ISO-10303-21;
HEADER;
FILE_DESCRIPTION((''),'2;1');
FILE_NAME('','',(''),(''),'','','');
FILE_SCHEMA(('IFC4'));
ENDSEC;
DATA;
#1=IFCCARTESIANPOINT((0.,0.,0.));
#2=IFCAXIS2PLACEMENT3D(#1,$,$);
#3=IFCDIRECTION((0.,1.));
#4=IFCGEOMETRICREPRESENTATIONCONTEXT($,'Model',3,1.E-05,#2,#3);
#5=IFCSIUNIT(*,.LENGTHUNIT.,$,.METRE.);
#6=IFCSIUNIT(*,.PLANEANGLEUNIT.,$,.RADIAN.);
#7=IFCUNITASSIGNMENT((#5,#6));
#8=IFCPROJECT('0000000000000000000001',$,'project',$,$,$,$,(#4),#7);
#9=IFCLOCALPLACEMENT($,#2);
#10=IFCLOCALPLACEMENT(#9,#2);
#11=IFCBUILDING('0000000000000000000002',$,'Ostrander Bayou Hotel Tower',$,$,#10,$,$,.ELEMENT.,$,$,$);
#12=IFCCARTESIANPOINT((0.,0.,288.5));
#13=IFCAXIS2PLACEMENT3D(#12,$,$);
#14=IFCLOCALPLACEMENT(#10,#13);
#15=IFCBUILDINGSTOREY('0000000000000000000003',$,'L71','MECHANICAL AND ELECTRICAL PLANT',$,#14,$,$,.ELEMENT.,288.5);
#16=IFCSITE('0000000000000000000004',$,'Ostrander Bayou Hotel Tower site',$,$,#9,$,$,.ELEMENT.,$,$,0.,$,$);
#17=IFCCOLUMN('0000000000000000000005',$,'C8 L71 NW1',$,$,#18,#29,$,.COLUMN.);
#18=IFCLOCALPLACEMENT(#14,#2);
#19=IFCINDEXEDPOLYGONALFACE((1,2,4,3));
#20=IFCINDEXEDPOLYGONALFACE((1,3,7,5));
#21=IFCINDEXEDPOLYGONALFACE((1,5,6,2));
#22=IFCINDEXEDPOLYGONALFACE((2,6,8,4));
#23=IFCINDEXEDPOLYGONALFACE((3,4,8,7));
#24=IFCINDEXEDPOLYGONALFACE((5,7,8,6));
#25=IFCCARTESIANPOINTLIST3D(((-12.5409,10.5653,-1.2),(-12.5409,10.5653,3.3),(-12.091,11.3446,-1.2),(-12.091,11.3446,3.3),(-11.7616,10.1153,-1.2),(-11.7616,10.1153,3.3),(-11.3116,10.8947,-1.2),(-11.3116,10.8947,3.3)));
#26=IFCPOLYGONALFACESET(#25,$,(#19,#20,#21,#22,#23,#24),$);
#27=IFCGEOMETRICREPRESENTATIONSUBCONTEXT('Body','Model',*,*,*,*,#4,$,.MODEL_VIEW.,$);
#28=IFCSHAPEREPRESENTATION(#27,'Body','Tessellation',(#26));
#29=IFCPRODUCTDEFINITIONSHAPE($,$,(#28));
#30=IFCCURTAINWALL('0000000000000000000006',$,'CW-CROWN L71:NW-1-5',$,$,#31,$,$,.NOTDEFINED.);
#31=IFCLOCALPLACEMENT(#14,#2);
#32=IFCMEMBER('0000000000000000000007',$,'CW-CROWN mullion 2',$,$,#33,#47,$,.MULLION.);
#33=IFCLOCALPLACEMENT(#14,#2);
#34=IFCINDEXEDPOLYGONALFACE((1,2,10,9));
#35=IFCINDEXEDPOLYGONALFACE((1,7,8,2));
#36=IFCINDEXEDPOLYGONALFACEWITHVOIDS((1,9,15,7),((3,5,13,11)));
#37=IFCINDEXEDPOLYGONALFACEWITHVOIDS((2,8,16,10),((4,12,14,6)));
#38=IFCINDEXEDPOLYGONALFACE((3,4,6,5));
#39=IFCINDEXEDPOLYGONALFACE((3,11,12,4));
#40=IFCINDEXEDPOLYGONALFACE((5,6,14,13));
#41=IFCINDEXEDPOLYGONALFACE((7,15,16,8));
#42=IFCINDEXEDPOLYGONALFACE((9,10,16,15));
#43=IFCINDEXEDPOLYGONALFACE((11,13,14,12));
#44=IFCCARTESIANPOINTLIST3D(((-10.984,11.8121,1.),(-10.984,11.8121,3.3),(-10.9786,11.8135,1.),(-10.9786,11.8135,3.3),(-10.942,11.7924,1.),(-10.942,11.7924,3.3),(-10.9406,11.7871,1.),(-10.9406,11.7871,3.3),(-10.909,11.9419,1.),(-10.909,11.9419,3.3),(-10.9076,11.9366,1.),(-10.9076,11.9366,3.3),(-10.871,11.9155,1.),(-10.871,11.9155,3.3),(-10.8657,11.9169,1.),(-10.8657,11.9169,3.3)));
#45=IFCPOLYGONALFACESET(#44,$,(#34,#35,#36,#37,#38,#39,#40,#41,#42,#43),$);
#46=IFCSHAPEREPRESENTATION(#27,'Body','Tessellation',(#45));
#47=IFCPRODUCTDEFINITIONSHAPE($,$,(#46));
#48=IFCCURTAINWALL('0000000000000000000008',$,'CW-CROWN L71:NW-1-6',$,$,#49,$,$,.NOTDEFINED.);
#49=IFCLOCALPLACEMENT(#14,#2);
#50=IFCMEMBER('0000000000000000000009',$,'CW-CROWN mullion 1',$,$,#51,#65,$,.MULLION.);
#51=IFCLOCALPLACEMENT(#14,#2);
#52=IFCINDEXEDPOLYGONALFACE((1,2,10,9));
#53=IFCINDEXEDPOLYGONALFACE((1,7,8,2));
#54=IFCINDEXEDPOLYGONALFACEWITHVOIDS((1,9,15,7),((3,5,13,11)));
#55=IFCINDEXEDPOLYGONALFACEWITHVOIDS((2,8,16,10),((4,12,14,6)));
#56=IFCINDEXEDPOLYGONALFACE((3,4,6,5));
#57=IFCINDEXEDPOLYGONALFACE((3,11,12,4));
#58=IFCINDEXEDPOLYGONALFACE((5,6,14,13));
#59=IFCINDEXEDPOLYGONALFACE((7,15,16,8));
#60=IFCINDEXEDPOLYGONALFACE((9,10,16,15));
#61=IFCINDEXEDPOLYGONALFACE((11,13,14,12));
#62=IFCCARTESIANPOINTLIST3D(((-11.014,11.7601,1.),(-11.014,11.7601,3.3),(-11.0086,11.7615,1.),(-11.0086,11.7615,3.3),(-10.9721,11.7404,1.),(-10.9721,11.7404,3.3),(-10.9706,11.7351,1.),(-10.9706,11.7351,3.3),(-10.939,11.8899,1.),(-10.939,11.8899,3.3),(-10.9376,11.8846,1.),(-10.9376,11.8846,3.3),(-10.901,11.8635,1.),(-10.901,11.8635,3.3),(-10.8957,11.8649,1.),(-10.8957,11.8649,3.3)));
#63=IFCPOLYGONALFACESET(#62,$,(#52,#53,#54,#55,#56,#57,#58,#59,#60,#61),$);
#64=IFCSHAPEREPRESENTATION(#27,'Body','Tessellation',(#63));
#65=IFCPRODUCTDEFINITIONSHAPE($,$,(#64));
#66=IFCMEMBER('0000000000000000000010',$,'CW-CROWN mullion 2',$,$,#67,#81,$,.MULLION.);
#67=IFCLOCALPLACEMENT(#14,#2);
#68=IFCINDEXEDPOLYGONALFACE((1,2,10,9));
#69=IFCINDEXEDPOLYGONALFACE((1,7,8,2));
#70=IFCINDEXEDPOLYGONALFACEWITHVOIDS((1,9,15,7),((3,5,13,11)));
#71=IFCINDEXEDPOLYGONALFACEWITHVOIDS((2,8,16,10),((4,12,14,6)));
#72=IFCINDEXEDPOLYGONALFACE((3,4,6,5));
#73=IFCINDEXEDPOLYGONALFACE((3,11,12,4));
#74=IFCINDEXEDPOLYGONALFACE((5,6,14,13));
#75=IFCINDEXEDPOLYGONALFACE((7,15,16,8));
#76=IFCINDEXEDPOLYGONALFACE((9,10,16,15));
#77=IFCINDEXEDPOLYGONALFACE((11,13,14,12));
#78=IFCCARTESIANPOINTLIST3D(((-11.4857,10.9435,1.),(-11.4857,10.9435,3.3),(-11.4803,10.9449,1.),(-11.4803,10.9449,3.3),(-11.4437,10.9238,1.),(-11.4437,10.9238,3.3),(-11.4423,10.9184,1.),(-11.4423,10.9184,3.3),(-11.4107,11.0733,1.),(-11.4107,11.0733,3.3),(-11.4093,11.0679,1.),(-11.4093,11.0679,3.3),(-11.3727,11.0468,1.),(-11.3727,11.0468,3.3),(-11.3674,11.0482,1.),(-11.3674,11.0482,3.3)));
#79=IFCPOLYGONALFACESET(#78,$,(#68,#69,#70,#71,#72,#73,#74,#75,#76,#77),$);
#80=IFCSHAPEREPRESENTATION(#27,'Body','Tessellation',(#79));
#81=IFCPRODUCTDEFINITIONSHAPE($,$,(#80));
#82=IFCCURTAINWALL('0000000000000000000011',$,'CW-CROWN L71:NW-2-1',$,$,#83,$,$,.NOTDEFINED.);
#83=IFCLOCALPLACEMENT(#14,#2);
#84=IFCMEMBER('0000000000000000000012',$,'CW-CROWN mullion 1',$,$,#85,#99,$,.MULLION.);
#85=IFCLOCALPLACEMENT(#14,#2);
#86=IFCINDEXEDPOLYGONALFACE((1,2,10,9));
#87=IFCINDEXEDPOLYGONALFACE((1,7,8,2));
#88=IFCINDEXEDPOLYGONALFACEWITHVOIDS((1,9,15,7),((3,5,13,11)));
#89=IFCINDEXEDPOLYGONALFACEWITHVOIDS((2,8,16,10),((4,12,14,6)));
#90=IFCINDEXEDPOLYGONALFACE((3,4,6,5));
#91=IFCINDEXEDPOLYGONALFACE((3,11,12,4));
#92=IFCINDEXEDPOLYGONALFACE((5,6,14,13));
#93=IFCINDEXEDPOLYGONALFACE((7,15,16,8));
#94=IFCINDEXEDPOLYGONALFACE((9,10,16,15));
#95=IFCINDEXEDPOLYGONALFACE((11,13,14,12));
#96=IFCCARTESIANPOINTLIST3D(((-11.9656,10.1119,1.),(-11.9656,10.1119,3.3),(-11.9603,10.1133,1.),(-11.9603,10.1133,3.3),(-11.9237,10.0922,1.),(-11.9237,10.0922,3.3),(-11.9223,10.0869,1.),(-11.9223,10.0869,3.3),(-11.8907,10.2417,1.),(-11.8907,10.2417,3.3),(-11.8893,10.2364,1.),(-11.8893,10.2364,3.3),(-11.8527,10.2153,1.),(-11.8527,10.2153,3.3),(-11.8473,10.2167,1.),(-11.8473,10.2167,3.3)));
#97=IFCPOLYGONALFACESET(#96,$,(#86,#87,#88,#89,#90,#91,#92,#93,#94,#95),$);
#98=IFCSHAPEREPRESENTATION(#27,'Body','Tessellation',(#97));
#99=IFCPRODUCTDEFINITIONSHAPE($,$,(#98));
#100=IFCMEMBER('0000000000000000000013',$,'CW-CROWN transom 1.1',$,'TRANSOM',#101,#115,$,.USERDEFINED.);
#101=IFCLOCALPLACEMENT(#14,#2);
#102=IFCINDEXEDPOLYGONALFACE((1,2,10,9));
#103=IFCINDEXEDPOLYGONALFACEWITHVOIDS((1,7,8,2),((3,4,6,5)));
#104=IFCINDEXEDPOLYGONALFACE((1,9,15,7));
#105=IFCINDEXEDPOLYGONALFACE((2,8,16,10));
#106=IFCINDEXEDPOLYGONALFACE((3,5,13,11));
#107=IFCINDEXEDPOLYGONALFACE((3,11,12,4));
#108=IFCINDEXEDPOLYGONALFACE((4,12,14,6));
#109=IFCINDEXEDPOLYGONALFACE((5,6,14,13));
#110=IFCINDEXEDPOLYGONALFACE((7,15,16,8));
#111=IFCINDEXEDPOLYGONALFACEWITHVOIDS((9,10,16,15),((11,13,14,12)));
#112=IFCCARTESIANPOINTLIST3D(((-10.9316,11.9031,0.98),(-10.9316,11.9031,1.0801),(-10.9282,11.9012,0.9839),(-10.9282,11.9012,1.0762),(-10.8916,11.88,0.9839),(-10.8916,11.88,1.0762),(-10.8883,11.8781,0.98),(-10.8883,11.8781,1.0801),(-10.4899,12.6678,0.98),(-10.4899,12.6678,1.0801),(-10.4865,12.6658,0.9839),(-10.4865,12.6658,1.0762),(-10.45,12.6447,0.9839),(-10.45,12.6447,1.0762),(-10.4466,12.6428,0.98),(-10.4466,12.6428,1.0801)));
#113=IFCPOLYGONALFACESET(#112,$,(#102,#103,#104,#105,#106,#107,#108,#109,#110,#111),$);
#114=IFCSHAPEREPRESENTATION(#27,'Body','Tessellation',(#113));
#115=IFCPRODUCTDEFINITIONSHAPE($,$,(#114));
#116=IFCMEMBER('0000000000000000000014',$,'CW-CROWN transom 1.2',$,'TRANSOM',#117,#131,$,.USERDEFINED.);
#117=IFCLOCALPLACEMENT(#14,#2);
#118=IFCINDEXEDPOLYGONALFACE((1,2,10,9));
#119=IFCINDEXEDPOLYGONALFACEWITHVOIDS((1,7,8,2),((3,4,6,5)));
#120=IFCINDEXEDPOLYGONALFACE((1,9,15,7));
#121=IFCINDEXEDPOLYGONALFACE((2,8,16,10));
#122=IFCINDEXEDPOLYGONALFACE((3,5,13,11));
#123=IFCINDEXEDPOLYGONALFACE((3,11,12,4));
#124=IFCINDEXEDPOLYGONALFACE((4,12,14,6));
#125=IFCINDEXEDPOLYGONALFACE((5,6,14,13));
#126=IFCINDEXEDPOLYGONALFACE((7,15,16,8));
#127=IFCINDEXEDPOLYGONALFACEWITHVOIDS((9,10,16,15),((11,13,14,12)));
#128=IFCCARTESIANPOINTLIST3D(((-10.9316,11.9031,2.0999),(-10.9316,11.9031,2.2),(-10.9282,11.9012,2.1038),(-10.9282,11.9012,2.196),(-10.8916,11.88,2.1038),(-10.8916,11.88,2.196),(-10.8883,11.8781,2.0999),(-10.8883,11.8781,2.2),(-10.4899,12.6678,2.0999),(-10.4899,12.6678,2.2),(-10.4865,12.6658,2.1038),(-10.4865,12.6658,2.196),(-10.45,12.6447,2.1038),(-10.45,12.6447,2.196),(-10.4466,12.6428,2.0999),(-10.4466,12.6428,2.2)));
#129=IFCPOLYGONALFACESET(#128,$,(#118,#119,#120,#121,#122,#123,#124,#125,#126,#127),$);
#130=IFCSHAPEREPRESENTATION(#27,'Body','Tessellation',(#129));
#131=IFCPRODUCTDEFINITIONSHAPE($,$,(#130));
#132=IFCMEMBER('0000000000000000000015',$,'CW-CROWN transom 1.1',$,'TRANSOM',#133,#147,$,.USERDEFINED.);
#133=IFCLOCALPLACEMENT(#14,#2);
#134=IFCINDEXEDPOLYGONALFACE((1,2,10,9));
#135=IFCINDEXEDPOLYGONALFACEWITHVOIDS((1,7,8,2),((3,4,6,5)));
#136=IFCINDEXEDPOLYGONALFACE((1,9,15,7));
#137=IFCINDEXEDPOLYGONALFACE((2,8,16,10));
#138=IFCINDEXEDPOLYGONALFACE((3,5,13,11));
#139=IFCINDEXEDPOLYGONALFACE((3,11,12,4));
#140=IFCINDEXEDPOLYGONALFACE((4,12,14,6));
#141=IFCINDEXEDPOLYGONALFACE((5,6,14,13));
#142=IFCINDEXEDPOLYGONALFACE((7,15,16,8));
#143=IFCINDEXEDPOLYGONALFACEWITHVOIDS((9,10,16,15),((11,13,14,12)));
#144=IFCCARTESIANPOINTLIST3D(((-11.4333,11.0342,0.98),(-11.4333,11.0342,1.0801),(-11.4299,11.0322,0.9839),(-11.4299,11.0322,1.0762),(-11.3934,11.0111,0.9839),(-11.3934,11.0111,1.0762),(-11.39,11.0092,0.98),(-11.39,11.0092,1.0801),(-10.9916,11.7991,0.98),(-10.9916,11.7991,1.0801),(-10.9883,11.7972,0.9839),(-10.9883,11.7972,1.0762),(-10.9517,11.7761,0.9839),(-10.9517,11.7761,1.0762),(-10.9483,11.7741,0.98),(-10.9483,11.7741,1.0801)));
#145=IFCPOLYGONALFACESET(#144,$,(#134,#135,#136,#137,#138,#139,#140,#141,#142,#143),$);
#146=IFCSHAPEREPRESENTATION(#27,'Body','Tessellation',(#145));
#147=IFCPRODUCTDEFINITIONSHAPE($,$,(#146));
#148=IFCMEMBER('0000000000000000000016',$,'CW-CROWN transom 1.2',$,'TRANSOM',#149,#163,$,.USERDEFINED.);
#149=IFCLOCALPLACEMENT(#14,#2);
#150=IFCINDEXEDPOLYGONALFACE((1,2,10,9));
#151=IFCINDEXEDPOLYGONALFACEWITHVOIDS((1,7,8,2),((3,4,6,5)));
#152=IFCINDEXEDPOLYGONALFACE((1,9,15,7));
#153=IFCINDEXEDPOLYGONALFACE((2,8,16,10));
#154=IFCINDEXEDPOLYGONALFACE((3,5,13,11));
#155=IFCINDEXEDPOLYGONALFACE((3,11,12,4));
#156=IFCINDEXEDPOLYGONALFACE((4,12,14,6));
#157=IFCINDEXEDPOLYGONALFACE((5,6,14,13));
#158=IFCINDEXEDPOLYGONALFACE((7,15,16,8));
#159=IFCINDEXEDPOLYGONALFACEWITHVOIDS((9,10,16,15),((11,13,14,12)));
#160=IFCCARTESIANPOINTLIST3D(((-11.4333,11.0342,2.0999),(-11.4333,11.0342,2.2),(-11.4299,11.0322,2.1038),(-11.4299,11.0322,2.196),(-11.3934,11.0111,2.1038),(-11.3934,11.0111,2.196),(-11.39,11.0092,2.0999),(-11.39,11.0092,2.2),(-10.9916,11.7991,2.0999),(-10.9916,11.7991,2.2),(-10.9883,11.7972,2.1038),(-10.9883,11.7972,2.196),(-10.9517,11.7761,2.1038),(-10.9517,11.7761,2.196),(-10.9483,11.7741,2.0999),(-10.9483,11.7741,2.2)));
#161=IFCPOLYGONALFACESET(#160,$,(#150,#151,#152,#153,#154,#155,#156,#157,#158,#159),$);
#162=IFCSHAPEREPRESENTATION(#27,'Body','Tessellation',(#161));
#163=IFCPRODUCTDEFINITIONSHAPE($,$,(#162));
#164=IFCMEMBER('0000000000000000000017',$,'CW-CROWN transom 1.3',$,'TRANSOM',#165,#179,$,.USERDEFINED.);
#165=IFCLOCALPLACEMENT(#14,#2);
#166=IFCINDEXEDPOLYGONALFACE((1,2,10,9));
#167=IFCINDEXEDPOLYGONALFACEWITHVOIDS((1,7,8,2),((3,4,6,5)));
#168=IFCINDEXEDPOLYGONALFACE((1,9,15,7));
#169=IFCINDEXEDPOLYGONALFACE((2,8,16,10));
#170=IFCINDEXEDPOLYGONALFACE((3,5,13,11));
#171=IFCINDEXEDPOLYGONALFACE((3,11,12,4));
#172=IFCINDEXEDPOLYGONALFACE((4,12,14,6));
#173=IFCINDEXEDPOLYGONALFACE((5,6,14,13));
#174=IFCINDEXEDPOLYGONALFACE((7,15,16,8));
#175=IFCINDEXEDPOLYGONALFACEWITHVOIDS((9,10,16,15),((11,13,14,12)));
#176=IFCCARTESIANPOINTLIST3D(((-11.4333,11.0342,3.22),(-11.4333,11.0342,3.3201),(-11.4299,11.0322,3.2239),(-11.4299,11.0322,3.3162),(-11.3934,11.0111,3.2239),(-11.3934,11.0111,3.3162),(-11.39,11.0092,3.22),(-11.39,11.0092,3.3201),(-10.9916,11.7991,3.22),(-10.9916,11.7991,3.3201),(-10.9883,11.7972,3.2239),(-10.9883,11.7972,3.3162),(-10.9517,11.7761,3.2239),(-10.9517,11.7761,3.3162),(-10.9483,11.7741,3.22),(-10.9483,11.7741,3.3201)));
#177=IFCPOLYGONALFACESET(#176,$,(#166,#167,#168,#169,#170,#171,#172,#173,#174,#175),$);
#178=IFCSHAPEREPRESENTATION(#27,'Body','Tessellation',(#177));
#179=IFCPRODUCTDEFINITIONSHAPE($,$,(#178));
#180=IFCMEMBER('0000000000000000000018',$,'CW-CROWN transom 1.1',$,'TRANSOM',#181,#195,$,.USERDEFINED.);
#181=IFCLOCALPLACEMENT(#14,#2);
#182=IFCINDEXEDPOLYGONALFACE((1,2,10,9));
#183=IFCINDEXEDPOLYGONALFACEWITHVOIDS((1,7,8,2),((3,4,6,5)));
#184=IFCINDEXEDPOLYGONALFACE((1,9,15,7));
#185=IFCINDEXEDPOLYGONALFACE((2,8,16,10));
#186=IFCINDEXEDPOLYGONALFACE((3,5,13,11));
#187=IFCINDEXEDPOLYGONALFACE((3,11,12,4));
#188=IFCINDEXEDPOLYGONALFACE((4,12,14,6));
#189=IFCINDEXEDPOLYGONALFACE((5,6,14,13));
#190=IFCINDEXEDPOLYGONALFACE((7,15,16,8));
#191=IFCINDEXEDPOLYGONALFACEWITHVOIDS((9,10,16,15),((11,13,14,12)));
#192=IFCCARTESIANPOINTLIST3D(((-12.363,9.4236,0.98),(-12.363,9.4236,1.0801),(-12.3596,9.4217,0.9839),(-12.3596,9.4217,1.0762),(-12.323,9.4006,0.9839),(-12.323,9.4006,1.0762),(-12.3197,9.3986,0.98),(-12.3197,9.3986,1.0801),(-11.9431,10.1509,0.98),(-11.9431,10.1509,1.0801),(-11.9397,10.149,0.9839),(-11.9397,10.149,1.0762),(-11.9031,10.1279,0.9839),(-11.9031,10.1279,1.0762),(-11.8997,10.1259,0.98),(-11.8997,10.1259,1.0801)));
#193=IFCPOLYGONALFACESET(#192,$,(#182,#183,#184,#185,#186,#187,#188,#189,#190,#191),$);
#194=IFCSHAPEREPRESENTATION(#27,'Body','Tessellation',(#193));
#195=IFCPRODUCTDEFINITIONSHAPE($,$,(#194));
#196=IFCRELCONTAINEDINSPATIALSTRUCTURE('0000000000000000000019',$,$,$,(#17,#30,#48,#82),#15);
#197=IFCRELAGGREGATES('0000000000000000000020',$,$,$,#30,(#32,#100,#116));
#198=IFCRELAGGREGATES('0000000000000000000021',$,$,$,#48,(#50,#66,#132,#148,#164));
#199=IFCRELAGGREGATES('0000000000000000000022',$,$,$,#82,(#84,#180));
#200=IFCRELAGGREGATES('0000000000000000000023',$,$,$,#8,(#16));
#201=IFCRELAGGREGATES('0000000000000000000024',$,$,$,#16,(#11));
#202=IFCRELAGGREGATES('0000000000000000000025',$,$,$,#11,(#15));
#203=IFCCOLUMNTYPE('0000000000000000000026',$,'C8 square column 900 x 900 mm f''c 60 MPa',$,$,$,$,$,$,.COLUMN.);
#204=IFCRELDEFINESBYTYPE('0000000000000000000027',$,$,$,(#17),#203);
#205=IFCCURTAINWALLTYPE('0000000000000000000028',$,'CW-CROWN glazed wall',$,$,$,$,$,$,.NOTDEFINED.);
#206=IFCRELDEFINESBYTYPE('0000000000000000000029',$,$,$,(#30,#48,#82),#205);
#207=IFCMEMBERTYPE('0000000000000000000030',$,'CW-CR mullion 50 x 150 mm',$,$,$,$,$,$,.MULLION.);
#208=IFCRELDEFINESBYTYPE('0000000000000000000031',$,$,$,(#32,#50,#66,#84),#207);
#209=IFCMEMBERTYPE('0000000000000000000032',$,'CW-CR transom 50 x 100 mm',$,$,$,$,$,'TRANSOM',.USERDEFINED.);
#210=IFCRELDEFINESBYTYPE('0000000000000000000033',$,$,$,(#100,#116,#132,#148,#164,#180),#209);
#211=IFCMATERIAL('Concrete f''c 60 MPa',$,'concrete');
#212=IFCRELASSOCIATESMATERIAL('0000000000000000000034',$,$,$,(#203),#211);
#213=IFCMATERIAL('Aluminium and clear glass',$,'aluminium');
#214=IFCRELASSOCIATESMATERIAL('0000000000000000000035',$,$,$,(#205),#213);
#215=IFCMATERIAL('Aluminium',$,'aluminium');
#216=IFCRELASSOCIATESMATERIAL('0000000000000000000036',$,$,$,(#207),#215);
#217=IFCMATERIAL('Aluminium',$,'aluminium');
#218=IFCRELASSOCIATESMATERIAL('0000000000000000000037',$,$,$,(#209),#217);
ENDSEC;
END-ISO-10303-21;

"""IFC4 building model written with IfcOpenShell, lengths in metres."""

from ifc_helpers import new_model, si_unit, direction, frame, origin, origin_2d, place, context, subcontext, project, spatial, rectangle, hollow_rectangle, extrude, material, material_profile, profile_set, type_object, element, aggregate, save


model = new_model("IFC4")

# Units and contexts
model_context = context("Model", 3, precision=1e-05, world=origin(), true_north=direction((0.0, 1.0)))
body_context = subcontext(model_context, "Body", "Model", "MODEL_VIEW")
ifc_project = project(units=[si_unit("LENGTHUNIT", "METRE"), si_unit("PLANEANGLEUNIT", "RADIAN")], contexts=[model_context])

# Site, building, storey
site_placement = place(None, origin())
site = spatial("IfcSite", under=ifc_project, at=site_placement, Name="Ostrander Bayou Hotel Tower site", CompositionType="ELEMENT", RefElevation=0.0)
building_placement = place(site_placement, origin())
building = spatial("IfcBuilding", under=site, at=building_placement, Name="Ostrander Bayou Hotel Tower", CompositionType="ELEMENT")
storey_placement = place(building_placement, frame((0.0, 0.0, 288.5)))
storey = spatial("IfcBuildingStorey", under=building, at=storey_placement, Name="L71", Description="MECHANICAL AND ELECTRICAL PLANT", CompositionType="ELEMENT", Elevation=288.5)

# Column
ifc_material_1 = material(Name="Concrete f'c 60 MPa", Category="concrete")
ifc_material_profile_1 = material_profile(ifc_material_1, rectangle(XDim=0.8999, YDim=0.8999, at=origin_2d()))
ifc_profile_set_1 = profile_set([ifc_material_profile_1], Name="Concrete f'c 60 MPa")
column_type = type_object("IfcColumnType", Name="C8 square column 900 x 900 mm f'c 60 MPa", PredefinedType="COLUMN", material=ifc_profile_set_1)
column_placement = place(storey_placement, frame((-11.9263, 10.73, -1.2), z_axis=(0.0, 0.0, 1.0), x_axis=(0.5, 0.866025, 0.0)))
element("IfcColumn", 1, at=column_placement, inside=storey, type_object=column_type, Name="C8 L71 NW1", PredefinedType="COLUMN", context=body_context, shape_type="SweptSolid", body=[
    extrude(rectangle(XDim=0.8999, YDim=0.8999, at=origin_2d()), origin(), (0.0, 0.0, 1.0), 4.5),
])

# Curtain wall, member
ifc_material_2 = material(Name="Aluminium and clear glass", Category="aluminium")
curtain_wall_type = type_object("IfcCurtainWallType", Name="CW-CROWN glazed wall", PredefinedType="NOTDEFINED", material=ifc_material_2)
curtain_wall_1_placement = place(storey_placement, origin())
curtain_wall_1 = element("IfcCurtainWall", 2, at=curtain_wall_1_placement, inside=storey, type_object=curtain_wall_type, Name="CW-CROWN L71:NW-1-5", PredefinedType="NOTDEFINED")
ifc_material_3 = material(Name="Aluminium", Category="aluminium")
ifc_material_profile_2 = material_profile(ifc_material_3, hollow_rectangle(XDim=0.05, YDim=0.1499, WallThickness=0.0039, at=origin_2d()))
ifc_profile_set_2 = profile_set([ifc_material_profile_2], Name="Aluminium")
member_type_1 = type_object("IfcMemberType", Name="CW-CR mullion 50 x 150 mm", PredefinedType="MULLION", material=ifc_profile_set_2)
member_1_placement = place(storey_placement, frame((-10.9248, 11.8645, 1.0), z_axis=(0.0, 0.0, 1.0), x_axis=(0.866001, -0.500042, 0.0)))
member_1 = element("IfcMember", 3, at=member_1_placement, type_object=member_type_1, Name="CW-CROWN mullion 2", PredefinedType="MULLION", context=body_context, shape_type="SweptSolid", body=[
    extrude(hollow_rectangle(XDim=0.05, YDim=0.1499, WallThickness=0.0039, at=origin_2d()), origin(), (0.0, 0.0, 1.0), 2.3),
])

# Curtain wall, members
curtain_wall_2_placement = place(storey_placement, origin())
curtain_wall_2 = element("IfcCurtainWall", 4, at=curtain_wall_2_placement, inside=storey, type_object=curtain_wall_type, Name="CW-CROWN L71:NW-1-6", PredefinedType="NOTDEFINED")
member_2_placement = place(storey_placement, frame((-10.9548, 11.8125, 1.0), z_axis=(0.0, 0.0, 1.0), x_axis=(0.866026, -0.499999, 0.0)))
member_2 = element("IfcMember", 5, at=member_2_placement, type_object=member_type_1, Name="CW-CROWN mullion 1", PredefinedType="MULLION", context=body_context, shape_type="SweptSolid", body=[
    extrude(hollow_rectangle(XDim=0.05, YDim=0.1499, WallThickness=0.0039, at=origin_2d()), origin(), (0.0, 0.0, 1.0), 2.3),
])
member_3_placement = place(storey_placement, frame((-11.4265, 10.9958, 1.0), z_axis=(0.0, 0.0, 1.0), x_axis=(0.866026, -0.499999, 0.0)))
member_3 = element("IfcMember", 6, at=member_3_placement, type_object=member_type_1, Name="CW-CROWN mullion 2", PredefinedType="MULLION", context=body_context, shape_type="SweptSolid", body=[
    extrude(hollow_rectangle(XDim=0.05, YDim=0.1499, WallThickness=0.0039, at=origin_2d()), origin(), (0.0, 0.0, 1.0), 2.3),
])

# Curtain wall, member
curtain_wall_3_placement = place(storey_placement, origin())
curtain_wall_3 = element("IfcCurtainWall", 7, at=curtain_wall_3_placement, inside=storey, type_object=curtain_wall_type, Name="CW-CROWN L71:NW-2-1", PredefinedType="NOTDEFINED")
member_4_placement = place(storey_placement, frame((-11.9065, 10.1643, 1.0), z_axis=(0.0, 0.0, 1.0), x_axis=(0.866022, -0.500005, 0.0)))
member_4 = element("IfcMember", 8, at=member_4_placement, type_object=member_type_1, Name="CW-CROWN mullion 1", PredefinedType="MULLION", context=body_context, shape_type="SweptSolid", body=[
    extrude(hollow_rectangle(XDim=0.05, YDim=0.1499, WallThickness=0.0039, at=origin_2d()), origin(), (0.0, 0.0, 1.0), 2.3),
])

# Members
ifc_material_4 = material(Name="Aluminium", Category="aluminium")
ifc_material_profile_3 = material_profile(ifc_material_4, hollow_rectangle(XDim=0.05, YDim=0.1001, WallThickness=0.0039, at=origin_2d()))
ifc_profile_set_3 = profile_set([ifc_material_profile_3], Name="Aluminium")
member_type_2 = type_object("IfcMemberType", Name="CW-CR transom 50 x 100 mm", ElementType="TRANSOM", PredefinedType="USERDEFINED", material=ifc_profile_set_3)
member_5_placement = place(storey_placement, frame((-10.4683, 12.6553, 1.03), z_axis=(-0.500153, -0.865937, 0.0), x_axis=(0.865937, -0.500153, 0.0)))
member_5 = element("IfcMember", 9, at=member_5_placement, type_object=member_type_2, Name="CW-CROWN transom 1.1", ObjectType="TRANSOM", PredefinedType="USERDEFINED", context=body_context, shape_type="SweptSolid", body=[
    extrude(hollow_rectangle(XDim=0.05, YDim=0.1001, WallThickness=0.0039, at=origin_2d()), origin(), (0.0, 0.0, 1.0), 0.8831),
])
member_6_placement = place(storey_placement, frame((-10.4683, 12.6553, 2.1499), z_axis=(-0.500153, -0.865937, 0.0), x_axis=(0.865937, -0.500153, 0.0)))
member_6 = element("IfcMember", 10, at=member_6_placement, type_object=member_type_2, Name="CW-CROWN transom 1.2", ObjectType="TRANSOM", PredefinedType="USERDEFINED", context=body_context, shape_type="SweptSolid", body=[
    extrude(hollow_rectangle(XDim=0.05, YDim=0.1001, WallThickness=0.0039, at=origin_2d()), origin(), (0.0, 0.0, 1.0), 0.8831),
])
member_7_placement = place(storey_placement, frame((-10.97, 11.7866, 1.03), z_axis=(-0.500034, -0.866006, 0.0), x_axis=(0.866006, -0.500034, 0.0)))
member_7 = element("IfcMember", 11, at=member_7_placement, type_object=member_type_2, Name="CW-CROWN transom 1.1", ObjectType="TRANSOM", PredefinedType="USERDEFINED", context=body_context, shape_type="SweptSolid", body=[
    extrude(hollow_rectangle(XDim=0.05, YDim=0.1001, WallThickness=0.0039, at=origin_2d()), origin(), (0.0, 0.0, 1.0), 0.8833),
])
member_8_placement = place(storey_placement, frame((-10.97, 11.7866, 2.1499), z_axis=(-0.500034, -0.866006, 0.0), x_axis=(0.866006, -0.500034, 0.0)))
member_8 = element("IfcMember", 12, at=member_8_placement, type_object=member_type_2, Name="CW-CROWN transom 1.2", ObjectType="TRANSOM", PredefinedType="USERDEFINED", context=body_context, shape_type="SweptSolid", body=[
    extrude(hollow_rectangle(XDim=0.05, YDim=0.1001, WallThickness=0.0039, at=origin_2d()), origin(), (0.0, 0.0, 1.0), 0.8833),
])
member_9_placement = place(storey_placement, frame((-10.97, 11.7866, 3.27), z_axis=(-0.500034, -0.866006, 0.0), x_axis=(0.866006, -0.500034, 0.0)))
member_9 = element("IfcMember", 13, at=member_9_placement, type_object=member_type_2, Name="CW-CROWN transom 1.3", ObjectType="TRANSOM", PredefinedType="USERDEFINED", context=body_context, shape_type="SweptSolid", body=[
    extrude(hollow_rectangle(XDim=0.05, YDim=0.1001, WallThickness=0.0039, at=origin_2d()), origin(), (0.0, 0.0, 1.0), 0.8833),
])
member_10_placement = place(storey_placement, frame((-11.9214, 10.1384, 1.03), z_axis=(-0.500016, -0.866016, 0.0), x_axis=(0.866016, -0.500016, 0.0)))
member_10 = element("IfcMember", 14, at=member_10_placement, type_object=member_type_2, Name="CW-CROWN transom 1.1", ObjectType="TRANSOM", PredefinedType="USERDEFINED", context=body_context, shape_type="SweptSolid", body=[
    extrude(hollow_rectangle(XDim=0.05, YDim=0.1001, WallThickness=0.0039, at=origin_2d()), origin(), (0.0, 0.0, 1.0), 0.8398),
])

aggregate(curtain_wall_1, [member_1, member_5, member_6])
aggregate(curtain_wall_2, [member_2, member_3, member_7, member_8, member_9])
aggregate(curtain_wall_3, [member_4, member_10])

save(model, "model.ifc")
